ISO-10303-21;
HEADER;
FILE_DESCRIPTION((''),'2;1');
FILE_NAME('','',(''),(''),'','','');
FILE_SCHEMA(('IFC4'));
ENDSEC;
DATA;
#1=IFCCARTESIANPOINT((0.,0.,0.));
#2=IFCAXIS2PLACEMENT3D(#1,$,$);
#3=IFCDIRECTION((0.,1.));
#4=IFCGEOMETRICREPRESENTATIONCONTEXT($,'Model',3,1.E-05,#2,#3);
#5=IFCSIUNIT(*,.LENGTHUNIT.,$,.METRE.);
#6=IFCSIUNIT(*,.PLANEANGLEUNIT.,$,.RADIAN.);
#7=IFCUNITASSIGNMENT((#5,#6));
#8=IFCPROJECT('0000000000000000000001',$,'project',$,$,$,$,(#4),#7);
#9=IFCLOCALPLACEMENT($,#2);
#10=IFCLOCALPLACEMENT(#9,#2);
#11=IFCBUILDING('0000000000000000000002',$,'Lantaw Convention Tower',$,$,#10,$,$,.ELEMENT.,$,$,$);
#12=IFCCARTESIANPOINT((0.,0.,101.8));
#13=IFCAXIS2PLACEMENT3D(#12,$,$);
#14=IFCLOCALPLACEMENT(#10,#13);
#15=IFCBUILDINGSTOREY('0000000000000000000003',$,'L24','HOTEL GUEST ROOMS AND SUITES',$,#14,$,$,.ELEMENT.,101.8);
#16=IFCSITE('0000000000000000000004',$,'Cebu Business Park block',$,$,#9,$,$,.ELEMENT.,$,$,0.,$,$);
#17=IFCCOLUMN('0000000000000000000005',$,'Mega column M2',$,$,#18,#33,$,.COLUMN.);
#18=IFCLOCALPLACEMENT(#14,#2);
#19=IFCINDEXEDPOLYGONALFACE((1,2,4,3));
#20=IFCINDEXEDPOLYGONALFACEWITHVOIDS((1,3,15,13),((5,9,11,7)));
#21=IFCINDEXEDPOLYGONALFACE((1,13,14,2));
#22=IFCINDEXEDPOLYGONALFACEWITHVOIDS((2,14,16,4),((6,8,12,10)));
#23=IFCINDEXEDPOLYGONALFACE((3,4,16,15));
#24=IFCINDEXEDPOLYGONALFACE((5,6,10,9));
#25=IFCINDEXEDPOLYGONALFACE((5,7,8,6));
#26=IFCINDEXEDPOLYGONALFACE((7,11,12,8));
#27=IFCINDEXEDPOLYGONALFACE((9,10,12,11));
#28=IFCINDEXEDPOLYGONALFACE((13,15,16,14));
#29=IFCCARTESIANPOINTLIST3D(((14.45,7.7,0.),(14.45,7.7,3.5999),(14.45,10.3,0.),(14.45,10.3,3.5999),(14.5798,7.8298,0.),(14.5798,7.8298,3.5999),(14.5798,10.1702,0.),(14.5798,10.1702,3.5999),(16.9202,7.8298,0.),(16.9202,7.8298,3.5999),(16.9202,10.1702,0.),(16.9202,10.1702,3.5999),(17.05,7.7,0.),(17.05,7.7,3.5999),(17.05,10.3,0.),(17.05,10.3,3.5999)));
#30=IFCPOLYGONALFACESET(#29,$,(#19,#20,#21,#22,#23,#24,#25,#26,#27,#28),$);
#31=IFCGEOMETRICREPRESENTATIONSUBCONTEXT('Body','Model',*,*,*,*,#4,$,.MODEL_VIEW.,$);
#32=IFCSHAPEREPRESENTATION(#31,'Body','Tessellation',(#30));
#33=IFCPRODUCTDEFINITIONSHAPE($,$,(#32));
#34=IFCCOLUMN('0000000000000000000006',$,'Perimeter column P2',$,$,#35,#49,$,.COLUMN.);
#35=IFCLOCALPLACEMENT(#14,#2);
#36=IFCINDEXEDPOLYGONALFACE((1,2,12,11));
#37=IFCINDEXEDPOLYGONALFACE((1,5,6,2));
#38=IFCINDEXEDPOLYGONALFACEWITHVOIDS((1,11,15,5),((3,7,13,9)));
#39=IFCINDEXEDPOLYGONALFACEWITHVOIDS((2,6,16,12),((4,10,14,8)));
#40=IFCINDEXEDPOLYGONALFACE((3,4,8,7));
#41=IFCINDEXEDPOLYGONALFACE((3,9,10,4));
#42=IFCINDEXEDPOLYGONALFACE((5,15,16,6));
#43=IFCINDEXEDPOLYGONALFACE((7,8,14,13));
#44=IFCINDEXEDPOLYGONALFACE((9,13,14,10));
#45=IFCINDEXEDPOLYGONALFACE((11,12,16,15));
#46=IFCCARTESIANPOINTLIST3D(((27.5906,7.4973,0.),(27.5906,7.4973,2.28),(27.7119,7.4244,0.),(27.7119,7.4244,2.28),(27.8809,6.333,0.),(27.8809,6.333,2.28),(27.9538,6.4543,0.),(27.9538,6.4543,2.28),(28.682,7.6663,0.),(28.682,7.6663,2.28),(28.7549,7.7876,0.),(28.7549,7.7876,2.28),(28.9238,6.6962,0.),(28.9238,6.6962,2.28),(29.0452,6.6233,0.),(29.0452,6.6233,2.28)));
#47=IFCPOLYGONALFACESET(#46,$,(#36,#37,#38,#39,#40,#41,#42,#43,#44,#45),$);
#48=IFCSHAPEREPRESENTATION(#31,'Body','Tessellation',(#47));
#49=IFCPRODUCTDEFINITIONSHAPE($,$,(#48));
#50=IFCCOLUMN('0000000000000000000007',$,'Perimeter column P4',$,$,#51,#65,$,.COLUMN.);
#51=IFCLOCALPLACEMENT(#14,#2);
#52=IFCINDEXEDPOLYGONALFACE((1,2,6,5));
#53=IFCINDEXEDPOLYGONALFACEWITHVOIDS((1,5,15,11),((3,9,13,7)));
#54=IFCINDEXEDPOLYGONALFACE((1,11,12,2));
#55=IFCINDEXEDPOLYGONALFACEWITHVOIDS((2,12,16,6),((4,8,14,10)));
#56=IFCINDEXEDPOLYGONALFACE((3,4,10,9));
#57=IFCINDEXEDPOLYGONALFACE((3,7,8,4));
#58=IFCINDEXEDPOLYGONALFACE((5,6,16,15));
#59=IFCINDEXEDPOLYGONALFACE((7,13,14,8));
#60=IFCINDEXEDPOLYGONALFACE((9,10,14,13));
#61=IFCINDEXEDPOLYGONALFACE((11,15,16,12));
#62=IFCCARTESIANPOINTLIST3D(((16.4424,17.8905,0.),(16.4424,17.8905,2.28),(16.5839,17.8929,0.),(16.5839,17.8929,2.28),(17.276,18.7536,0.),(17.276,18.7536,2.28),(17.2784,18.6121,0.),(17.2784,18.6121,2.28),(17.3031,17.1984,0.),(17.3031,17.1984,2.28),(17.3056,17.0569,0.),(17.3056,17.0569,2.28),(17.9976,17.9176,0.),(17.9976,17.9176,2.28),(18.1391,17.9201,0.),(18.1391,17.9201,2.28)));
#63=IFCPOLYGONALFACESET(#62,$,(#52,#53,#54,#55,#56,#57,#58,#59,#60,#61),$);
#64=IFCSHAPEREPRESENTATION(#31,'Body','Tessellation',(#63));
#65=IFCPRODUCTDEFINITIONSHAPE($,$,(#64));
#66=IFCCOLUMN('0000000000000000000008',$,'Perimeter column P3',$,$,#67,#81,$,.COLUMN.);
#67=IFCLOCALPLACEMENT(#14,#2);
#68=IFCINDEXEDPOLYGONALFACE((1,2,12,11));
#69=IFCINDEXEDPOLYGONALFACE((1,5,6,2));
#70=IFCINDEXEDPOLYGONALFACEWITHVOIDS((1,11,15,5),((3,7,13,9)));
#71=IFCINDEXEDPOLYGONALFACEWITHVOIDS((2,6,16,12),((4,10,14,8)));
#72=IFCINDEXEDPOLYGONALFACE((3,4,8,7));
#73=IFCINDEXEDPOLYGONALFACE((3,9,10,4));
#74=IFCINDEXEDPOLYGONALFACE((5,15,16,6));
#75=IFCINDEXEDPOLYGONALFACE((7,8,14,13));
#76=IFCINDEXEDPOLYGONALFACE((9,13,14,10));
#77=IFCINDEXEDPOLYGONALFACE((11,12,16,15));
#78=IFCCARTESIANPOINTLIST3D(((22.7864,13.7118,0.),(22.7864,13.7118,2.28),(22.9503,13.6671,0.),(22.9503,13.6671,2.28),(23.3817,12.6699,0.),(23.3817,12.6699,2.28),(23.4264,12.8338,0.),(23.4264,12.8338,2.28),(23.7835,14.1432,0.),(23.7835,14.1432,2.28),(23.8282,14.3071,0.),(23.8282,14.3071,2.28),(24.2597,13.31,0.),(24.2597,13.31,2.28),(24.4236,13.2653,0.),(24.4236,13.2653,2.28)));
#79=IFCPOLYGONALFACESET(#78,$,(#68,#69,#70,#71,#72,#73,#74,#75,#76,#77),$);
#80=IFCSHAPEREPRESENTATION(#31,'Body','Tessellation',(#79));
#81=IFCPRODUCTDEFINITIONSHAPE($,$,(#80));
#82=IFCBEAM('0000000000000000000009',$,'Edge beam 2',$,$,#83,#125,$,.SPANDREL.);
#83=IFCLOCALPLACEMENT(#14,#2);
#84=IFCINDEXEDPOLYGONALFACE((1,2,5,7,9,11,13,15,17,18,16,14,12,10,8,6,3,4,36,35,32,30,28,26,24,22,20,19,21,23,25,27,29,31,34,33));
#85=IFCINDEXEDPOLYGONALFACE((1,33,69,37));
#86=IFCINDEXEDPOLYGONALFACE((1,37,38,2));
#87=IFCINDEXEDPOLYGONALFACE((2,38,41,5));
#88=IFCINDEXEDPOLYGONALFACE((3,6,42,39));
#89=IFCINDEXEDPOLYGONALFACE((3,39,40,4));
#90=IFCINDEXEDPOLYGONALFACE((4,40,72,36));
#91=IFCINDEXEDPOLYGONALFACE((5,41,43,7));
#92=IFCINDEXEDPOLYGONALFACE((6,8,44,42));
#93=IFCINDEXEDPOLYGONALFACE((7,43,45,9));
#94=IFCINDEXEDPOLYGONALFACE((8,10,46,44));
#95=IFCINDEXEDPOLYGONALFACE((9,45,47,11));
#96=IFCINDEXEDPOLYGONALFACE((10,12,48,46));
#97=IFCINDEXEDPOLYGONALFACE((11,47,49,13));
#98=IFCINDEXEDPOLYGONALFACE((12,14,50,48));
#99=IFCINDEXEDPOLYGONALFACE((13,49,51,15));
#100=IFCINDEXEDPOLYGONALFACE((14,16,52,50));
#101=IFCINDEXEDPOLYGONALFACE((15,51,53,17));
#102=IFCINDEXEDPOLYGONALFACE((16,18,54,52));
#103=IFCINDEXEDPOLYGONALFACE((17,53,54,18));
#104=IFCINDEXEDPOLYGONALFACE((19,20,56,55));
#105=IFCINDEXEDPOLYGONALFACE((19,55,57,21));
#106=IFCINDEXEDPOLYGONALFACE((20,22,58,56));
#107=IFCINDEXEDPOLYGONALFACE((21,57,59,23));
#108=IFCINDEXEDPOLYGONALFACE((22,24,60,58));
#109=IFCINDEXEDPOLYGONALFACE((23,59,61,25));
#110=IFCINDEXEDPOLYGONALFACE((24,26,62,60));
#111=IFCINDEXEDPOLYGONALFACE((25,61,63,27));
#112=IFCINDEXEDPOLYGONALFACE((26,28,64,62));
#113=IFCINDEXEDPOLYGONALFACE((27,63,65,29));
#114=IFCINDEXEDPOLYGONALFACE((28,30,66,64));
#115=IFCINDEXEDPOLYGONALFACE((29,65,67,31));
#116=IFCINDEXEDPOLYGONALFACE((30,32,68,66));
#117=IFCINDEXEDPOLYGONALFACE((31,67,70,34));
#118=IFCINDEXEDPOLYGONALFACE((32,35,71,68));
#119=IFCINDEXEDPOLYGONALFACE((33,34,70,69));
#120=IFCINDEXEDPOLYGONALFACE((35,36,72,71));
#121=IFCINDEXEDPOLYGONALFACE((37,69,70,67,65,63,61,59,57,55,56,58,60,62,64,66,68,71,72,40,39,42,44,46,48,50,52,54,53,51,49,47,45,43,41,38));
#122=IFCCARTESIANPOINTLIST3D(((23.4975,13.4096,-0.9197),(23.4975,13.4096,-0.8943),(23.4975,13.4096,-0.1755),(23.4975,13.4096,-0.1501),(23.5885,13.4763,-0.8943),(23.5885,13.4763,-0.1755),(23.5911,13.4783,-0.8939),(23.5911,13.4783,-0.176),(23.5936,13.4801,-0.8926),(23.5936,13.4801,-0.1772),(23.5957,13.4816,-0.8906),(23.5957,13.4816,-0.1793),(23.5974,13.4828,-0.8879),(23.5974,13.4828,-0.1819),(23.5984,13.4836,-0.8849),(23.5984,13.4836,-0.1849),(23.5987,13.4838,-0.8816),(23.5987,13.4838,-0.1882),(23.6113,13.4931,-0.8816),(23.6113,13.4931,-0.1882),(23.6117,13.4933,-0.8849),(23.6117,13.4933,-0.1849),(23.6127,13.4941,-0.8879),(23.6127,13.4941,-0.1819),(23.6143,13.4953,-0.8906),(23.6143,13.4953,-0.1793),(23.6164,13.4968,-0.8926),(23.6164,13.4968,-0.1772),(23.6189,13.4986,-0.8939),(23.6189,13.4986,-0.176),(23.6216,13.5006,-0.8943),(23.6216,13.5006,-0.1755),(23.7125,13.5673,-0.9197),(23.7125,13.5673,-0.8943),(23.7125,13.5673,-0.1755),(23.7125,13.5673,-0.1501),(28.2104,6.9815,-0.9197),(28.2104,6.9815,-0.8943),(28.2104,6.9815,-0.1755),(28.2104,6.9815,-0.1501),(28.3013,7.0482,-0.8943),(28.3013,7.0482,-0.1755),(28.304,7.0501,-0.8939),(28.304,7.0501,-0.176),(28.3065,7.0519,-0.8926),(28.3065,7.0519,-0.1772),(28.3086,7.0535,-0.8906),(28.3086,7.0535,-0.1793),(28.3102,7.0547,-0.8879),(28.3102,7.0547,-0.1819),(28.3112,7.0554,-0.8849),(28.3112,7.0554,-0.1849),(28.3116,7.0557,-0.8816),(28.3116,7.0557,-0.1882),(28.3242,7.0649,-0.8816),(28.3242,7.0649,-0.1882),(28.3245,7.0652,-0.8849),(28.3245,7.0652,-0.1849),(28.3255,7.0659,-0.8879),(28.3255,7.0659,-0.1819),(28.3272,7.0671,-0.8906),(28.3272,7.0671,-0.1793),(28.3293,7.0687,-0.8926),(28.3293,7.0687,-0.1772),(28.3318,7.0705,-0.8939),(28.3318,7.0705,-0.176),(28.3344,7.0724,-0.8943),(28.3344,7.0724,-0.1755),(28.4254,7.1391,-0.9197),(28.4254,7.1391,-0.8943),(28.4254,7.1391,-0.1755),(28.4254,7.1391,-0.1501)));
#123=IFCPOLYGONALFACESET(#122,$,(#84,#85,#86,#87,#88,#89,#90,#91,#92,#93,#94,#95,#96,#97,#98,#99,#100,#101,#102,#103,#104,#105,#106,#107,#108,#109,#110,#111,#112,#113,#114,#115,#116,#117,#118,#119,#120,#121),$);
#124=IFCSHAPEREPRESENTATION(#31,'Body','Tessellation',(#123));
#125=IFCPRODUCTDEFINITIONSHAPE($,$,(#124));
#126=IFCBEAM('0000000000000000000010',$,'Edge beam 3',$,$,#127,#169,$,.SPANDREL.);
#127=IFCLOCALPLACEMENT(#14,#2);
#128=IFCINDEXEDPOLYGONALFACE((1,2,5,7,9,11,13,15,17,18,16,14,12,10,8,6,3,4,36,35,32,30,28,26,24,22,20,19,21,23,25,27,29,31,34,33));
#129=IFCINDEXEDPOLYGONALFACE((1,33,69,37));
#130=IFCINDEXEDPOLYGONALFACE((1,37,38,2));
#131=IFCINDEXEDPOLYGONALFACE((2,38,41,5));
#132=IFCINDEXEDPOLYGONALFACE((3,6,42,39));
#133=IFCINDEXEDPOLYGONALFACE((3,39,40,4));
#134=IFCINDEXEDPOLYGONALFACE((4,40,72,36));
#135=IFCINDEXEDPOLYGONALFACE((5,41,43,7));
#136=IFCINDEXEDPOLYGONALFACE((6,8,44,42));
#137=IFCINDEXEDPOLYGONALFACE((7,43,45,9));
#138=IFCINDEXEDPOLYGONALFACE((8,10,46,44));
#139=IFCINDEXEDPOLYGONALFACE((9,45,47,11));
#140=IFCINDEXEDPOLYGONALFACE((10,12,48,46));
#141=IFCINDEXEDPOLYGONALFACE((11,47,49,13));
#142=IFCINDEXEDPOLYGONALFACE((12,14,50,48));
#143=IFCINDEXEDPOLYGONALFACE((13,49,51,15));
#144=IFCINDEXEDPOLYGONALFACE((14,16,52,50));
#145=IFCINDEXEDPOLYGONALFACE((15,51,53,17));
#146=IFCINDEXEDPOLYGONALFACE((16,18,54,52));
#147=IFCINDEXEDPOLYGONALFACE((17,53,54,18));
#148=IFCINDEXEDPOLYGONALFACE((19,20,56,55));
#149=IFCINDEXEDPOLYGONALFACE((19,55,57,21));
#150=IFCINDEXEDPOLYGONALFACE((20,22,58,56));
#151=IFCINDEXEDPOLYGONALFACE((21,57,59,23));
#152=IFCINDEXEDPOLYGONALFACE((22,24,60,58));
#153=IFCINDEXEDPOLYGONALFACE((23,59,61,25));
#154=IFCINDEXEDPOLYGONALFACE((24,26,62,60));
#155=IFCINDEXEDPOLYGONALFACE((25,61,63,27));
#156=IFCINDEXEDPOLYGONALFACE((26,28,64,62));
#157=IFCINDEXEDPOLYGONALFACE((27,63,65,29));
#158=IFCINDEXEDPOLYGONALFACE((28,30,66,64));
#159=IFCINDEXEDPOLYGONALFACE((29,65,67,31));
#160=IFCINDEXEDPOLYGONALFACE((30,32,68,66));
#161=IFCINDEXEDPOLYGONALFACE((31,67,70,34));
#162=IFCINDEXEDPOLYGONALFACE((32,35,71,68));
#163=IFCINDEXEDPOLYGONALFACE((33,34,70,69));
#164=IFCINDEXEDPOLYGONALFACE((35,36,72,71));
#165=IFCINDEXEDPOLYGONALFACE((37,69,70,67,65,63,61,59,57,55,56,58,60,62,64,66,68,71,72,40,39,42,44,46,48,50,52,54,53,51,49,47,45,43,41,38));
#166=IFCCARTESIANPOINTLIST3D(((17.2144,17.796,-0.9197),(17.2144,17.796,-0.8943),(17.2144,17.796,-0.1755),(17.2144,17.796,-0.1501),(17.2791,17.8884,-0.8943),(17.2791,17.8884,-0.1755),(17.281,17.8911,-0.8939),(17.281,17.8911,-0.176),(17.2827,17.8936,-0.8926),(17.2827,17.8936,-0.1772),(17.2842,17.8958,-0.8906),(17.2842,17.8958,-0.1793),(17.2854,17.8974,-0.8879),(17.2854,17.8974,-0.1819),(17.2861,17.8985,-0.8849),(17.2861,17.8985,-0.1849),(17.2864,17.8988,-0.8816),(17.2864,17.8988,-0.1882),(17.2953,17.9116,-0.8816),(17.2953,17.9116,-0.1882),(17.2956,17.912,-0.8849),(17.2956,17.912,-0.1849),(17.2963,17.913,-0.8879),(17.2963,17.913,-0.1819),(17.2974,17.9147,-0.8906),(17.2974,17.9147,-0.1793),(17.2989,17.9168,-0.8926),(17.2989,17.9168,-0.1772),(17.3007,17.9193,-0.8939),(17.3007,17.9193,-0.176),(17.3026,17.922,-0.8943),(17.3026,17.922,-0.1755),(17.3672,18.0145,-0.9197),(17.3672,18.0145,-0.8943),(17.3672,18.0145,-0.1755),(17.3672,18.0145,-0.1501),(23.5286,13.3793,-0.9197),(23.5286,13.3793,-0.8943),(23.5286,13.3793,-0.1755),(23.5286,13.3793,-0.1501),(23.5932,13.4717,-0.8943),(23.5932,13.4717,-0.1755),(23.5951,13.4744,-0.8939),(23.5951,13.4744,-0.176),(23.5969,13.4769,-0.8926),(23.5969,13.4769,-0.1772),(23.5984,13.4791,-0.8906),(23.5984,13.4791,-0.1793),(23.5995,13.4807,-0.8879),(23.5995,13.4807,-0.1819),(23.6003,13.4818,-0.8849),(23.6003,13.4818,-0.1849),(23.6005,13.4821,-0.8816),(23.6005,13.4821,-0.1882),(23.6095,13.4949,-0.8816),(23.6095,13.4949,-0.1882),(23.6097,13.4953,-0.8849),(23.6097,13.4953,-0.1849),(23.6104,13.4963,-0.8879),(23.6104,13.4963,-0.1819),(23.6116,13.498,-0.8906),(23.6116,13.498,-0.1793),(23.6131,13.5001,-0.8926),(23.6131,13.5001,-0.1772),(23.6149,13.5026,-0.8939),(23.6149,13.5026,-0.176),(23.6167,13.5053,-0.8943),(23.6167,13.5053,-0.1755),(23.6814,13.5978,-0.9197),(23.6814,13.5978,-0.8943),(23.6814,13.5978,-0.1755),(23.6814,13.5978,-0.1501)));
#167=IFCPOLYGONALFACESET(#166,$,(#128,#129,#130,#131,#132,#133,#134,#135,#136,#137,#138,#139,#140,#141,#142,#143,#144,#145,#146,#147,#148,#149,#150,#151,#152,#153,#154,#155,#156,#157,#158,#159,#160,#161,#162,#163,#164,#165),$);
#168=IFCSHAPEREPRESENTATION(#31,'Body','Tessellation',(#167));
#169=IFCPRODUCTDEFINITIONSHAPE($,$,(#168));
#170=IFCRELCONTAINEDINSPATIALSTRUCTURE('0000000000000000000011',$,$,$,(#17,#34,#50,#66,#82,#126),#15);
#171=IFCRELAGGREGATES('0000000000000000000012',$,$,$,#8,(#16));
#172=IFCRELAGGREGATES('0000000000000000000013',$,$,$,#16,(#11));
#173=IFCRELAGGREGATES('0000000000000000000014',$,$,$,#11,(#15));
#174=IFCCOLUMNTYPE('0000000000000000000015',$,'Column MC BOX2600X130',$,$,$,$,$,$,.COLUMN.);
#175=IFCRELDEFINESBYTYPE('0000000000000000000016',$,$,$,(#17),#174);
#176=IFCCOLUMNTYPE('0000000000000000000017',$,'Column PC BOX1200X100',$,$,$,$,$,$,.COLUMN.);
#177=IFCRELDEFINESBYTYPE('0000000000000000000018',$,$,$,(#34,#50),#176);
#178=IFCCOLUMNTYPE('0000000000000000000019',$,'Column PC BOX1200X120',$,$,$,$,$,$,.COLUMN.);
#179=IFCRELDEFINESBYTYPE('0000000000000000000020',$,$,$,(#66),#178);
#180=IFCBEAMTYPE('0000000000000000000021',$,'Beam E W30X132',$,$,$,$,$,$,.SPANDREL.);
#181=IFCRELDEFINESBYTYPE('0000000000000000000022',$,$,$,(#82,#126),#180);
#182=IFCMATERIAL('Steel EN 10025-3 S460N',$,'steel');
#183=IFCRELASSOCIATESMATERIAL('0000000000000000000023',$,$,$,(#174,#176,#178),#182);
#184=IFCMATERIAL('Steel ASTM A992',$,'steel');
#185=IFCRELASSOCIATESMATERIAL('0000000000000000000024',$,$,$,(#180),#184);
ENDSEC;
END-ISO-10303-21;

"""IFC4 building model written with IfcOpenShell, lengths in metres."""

from ifc_helpers import new_model, si_unit, direction, frame, origin, origin_2d, place, context, subcontext, project, spatial, rectangle, hollow_rectangle, i_section, extrude, material, material_profile, profile_set, type_object, element, save


model = new_model("IFC4")

# Units and contexts
model_context = context("Model", 3, precision=1e-05, world=origin(), true_north=direction((0.0, 1.0)))
body_context = subcontext(model_context, "Body", "Model", "MODEL_VIEW")
ifc_project = project(units=[si_unit("LENGTHUNIT", "METRE"), si_unit("PLANEANGLEUNIT", "RADIAN")], contexts=[model_context])

# Site, building, storey
site_placement = place(None, origin())
site = spatial("IfcSite", under=ifc_project, at=site_placement, Name="Cebu Business Park block", CompositionType="ELEMENT", RefElevation=0.0)
building_placement = place(site_placement, origin())
building = spatial("IfcBuilding", under=site, at=building_placement, Name="Lantaw Convention Tower", CompositionType="ELEMENT")
storey_placement = place(building_placement, frame((0.0, 0.0, 101.8)))
storey = spatial("IfcBuildingStorey", under=building, at=storey_placement, Name="L24", Description="HOTEL GUEST ROOMS AND SUITES", CompositionType="ELEMENT", Elevation=101.8)

# Columns
ifc_material_1 = material(Name="Steel EN 10025-3 S460N", Category="steel")
ifc_material_profile_1 = material_profile(ifc_material_1, hollow_rectangle(XDim=2.6001, YDim=2.6001, WallThickness=0.1299, at=origin_2d()), Name="BOX2600X130")
ifc_material_2 = material(Name="Concrete C60/75", Category="concrete")
ifc_material_profile_2 = material_profile(ifc_material_2, rectangle(XDim=2.3401, YDim=2.3401, at=origin_2d()), Name="Concrete fill of BOX2600X130")
ifc_profile_set_1 = profile_set([ifc_material_profile_1, ifc_material_profile_2], Name="Steel EN 10025-3 S460N")
column_type_1 = type_object("IfcColumnType", Name="Column MC BOX2600X130", PredefinedType="COLUMN", material=ifc_profile_set_1)
column_1_placement = place(storey_placement, frame((15.75, 9.0, 0.0), z_axis=(0.0, 0.0, 1.0), x_axis=(1.0, 0.0, 0.0)))
element("IfcColumn", 1, at=column_1_placement, inside=storey, type_object=column_type_1, Name="Mega column M2", PredefinedType="COLUMN", context=body_context, shape_type="SweptSolid", body=[
    extrude(hollow_rectangle(XDim=2.6001, YDim=2.6001, WallThickness=0.1299, at=origin_2d()), origin(), (0.0, 0.0, 1.0), 3.5999),
])
ifc_material_profile_3 = material_profile(ifc_material_1, hollow_rectangle(XDim=1.2, YDim=1.2, WallThickness=0.1001, at=origin_2d()), Name="BOX1200X100")
ifc_material_profile_4 = material_profile(ifc_material_2, rectangle(XDim=1.0, YDim=1.0, at=origin_2d()), Name="Concrete fill of BOX1200X100")
ifc_profile_set_2 = profile_set([ifc_material_profile_3, ifc_material_profile_4], Name="Steel EN 10025-3 S460N")
column_type_2 = type_object("IfcColumnType", Name="Column PC BOX1200X100", PredefinedType="COLUMN", material=ifc_profile_set_2)
for number, where, z_axis, x_axis, name in (
    (2, (28.3179, 7.0603, 0.0), (0.0, 0.0, 1.0), (0.970296, 0.241922, 0.0), "Perimeter column P2"),
    (3, (17.2908, 17.9053, 0.0), (0.0, 0.0, 1.0), (0.694658, 0.71934, 0.0), "Perimeter column P4"),
):
    element("IfcColumn", number, at=place(storey_placement, frame(where, z_axis=z_axis, x_axis=x_axis)), inside=storey, type_object=column_type_2, Name=name, PredefinedType="COLUMN", context=body_context, shape_type="SweptSolid", body=[
        extrude(hollow_rectangle(XDim=1.2, YDim=1.2, WallThickness=0.1001, at=origin_2d()), origin(), (0.0, 0.0, 1.0), 2.28),
    ])
ifc_material_profile_5 = material_profile(ifc_material_1, hollow_rectangle(XDim=1.2, YDim=1.2, WallThickness=0.1201, at=origin_2d()), Name="BOX1200X120")
ifc_material_profile_6 = material_profile(ifc_material_2, rectangle(XDim=0.96, YDim=0.96, at=origin_2d()), Name="Concrete fill of BOX1200X120")
ifc_profile_set_3 = profile_set([ifc_material_profile_5, ifc_material_profile_6], Name="Steel EN 10025-3 S460N")
column_type_3 = type_object("IfcColumnType", Name="Column PC BOX1200X120", PredefinedType="COLUMN", material=ifc_profile_set_3)
column_2_placement = place(storey_placement, frame((23.605, 13.4885, 0.0), z_axis=(0.0, 0.0, 1.0), x_axis=(0.868243, 0.496139, 0.0)))
element("IfcColumn", 4, at=column_2_placement, inside=storey, type_object=column_type_3, Name="Perimeter column P3", PredefinedType="COLUMN", context=body_context, shape_type="SweptSolid", body=[
    extrude(hollow_rectangle(XDim=1.2, YDim=1.2, WallThickness=0.1201, at=origin_2d()), origin(), (0.0, 0.0, 1.0), 2.28),
])

# Beams
ifc_material_3 = material(Name="Steel ASTM A992", Category="steel")
ifc_material_profile_7 = material_profile(ifc_material_3, i_section(OverallWidth=0.2666, OverallDepth=0.7695, WebThickness=0.0156, FlangeThickness=0.0254, FilletRadius=0.0127, at=origin_2d()), Name="W30X132")
ifc_profile_set_4 = profile_set([ifc_material_profile_7], Name="Steel ASTM A992")
beam_type_1 = type_object("IfcBeamType", Name="Beam E W30X132", PredefinedType="SPANDREL", material=ifc_profile_set_4)
beam_1_placement = place(storey_placement, frame((28.3179, 7.0603, -0.5349), z_axis=(-0.591271, 0.806473, 0.0), x_axis=(-0.806473, -0.591271, 0.0)))
element("IfcBeam", 5, at=beam_1_placement, inside=storey, type_object=beam_type_1, Name="Edge beam 2", PredefinedType="SPANDREL", context=body_context, shape_type="SweptSolid", body=[
    extrude(i_section(OverallWidth=0.2666, OverallDepth=0.7695, WebThickness=0.0156, FlangeThickness=0.0254, FilletRadius=0.0127, at=origin_2d()), origin(), (0.0, 0.0, 1.0), 7.9707),
])
beam_2_placement = place(storey_placement, frame((23.605, 13.4885, -0.5349), z_axis=(-0.819427, 0.573184, 0.0), x_axis=(-0.573184, -0.819427, 0.0)))
element("IfcBeam", 6, at=beam_2_placement, inside=storey, type_object=beam_type_1, Name="Edge beam 3", PredefinedType="SPANDREL", context=body_context, shape_type="SweptSolid", body=[
    extrude(i_section(OverallWidth=0.2666, OverallDepth=0.7695, WebThickness=0.0156, FlangeThickness=0.0254, FilletRadius=0.0127, at=origin_2d()), origin(), (0.0, 0.0, 1.0), 7.7056),
])

save(model, "model.ifc")
